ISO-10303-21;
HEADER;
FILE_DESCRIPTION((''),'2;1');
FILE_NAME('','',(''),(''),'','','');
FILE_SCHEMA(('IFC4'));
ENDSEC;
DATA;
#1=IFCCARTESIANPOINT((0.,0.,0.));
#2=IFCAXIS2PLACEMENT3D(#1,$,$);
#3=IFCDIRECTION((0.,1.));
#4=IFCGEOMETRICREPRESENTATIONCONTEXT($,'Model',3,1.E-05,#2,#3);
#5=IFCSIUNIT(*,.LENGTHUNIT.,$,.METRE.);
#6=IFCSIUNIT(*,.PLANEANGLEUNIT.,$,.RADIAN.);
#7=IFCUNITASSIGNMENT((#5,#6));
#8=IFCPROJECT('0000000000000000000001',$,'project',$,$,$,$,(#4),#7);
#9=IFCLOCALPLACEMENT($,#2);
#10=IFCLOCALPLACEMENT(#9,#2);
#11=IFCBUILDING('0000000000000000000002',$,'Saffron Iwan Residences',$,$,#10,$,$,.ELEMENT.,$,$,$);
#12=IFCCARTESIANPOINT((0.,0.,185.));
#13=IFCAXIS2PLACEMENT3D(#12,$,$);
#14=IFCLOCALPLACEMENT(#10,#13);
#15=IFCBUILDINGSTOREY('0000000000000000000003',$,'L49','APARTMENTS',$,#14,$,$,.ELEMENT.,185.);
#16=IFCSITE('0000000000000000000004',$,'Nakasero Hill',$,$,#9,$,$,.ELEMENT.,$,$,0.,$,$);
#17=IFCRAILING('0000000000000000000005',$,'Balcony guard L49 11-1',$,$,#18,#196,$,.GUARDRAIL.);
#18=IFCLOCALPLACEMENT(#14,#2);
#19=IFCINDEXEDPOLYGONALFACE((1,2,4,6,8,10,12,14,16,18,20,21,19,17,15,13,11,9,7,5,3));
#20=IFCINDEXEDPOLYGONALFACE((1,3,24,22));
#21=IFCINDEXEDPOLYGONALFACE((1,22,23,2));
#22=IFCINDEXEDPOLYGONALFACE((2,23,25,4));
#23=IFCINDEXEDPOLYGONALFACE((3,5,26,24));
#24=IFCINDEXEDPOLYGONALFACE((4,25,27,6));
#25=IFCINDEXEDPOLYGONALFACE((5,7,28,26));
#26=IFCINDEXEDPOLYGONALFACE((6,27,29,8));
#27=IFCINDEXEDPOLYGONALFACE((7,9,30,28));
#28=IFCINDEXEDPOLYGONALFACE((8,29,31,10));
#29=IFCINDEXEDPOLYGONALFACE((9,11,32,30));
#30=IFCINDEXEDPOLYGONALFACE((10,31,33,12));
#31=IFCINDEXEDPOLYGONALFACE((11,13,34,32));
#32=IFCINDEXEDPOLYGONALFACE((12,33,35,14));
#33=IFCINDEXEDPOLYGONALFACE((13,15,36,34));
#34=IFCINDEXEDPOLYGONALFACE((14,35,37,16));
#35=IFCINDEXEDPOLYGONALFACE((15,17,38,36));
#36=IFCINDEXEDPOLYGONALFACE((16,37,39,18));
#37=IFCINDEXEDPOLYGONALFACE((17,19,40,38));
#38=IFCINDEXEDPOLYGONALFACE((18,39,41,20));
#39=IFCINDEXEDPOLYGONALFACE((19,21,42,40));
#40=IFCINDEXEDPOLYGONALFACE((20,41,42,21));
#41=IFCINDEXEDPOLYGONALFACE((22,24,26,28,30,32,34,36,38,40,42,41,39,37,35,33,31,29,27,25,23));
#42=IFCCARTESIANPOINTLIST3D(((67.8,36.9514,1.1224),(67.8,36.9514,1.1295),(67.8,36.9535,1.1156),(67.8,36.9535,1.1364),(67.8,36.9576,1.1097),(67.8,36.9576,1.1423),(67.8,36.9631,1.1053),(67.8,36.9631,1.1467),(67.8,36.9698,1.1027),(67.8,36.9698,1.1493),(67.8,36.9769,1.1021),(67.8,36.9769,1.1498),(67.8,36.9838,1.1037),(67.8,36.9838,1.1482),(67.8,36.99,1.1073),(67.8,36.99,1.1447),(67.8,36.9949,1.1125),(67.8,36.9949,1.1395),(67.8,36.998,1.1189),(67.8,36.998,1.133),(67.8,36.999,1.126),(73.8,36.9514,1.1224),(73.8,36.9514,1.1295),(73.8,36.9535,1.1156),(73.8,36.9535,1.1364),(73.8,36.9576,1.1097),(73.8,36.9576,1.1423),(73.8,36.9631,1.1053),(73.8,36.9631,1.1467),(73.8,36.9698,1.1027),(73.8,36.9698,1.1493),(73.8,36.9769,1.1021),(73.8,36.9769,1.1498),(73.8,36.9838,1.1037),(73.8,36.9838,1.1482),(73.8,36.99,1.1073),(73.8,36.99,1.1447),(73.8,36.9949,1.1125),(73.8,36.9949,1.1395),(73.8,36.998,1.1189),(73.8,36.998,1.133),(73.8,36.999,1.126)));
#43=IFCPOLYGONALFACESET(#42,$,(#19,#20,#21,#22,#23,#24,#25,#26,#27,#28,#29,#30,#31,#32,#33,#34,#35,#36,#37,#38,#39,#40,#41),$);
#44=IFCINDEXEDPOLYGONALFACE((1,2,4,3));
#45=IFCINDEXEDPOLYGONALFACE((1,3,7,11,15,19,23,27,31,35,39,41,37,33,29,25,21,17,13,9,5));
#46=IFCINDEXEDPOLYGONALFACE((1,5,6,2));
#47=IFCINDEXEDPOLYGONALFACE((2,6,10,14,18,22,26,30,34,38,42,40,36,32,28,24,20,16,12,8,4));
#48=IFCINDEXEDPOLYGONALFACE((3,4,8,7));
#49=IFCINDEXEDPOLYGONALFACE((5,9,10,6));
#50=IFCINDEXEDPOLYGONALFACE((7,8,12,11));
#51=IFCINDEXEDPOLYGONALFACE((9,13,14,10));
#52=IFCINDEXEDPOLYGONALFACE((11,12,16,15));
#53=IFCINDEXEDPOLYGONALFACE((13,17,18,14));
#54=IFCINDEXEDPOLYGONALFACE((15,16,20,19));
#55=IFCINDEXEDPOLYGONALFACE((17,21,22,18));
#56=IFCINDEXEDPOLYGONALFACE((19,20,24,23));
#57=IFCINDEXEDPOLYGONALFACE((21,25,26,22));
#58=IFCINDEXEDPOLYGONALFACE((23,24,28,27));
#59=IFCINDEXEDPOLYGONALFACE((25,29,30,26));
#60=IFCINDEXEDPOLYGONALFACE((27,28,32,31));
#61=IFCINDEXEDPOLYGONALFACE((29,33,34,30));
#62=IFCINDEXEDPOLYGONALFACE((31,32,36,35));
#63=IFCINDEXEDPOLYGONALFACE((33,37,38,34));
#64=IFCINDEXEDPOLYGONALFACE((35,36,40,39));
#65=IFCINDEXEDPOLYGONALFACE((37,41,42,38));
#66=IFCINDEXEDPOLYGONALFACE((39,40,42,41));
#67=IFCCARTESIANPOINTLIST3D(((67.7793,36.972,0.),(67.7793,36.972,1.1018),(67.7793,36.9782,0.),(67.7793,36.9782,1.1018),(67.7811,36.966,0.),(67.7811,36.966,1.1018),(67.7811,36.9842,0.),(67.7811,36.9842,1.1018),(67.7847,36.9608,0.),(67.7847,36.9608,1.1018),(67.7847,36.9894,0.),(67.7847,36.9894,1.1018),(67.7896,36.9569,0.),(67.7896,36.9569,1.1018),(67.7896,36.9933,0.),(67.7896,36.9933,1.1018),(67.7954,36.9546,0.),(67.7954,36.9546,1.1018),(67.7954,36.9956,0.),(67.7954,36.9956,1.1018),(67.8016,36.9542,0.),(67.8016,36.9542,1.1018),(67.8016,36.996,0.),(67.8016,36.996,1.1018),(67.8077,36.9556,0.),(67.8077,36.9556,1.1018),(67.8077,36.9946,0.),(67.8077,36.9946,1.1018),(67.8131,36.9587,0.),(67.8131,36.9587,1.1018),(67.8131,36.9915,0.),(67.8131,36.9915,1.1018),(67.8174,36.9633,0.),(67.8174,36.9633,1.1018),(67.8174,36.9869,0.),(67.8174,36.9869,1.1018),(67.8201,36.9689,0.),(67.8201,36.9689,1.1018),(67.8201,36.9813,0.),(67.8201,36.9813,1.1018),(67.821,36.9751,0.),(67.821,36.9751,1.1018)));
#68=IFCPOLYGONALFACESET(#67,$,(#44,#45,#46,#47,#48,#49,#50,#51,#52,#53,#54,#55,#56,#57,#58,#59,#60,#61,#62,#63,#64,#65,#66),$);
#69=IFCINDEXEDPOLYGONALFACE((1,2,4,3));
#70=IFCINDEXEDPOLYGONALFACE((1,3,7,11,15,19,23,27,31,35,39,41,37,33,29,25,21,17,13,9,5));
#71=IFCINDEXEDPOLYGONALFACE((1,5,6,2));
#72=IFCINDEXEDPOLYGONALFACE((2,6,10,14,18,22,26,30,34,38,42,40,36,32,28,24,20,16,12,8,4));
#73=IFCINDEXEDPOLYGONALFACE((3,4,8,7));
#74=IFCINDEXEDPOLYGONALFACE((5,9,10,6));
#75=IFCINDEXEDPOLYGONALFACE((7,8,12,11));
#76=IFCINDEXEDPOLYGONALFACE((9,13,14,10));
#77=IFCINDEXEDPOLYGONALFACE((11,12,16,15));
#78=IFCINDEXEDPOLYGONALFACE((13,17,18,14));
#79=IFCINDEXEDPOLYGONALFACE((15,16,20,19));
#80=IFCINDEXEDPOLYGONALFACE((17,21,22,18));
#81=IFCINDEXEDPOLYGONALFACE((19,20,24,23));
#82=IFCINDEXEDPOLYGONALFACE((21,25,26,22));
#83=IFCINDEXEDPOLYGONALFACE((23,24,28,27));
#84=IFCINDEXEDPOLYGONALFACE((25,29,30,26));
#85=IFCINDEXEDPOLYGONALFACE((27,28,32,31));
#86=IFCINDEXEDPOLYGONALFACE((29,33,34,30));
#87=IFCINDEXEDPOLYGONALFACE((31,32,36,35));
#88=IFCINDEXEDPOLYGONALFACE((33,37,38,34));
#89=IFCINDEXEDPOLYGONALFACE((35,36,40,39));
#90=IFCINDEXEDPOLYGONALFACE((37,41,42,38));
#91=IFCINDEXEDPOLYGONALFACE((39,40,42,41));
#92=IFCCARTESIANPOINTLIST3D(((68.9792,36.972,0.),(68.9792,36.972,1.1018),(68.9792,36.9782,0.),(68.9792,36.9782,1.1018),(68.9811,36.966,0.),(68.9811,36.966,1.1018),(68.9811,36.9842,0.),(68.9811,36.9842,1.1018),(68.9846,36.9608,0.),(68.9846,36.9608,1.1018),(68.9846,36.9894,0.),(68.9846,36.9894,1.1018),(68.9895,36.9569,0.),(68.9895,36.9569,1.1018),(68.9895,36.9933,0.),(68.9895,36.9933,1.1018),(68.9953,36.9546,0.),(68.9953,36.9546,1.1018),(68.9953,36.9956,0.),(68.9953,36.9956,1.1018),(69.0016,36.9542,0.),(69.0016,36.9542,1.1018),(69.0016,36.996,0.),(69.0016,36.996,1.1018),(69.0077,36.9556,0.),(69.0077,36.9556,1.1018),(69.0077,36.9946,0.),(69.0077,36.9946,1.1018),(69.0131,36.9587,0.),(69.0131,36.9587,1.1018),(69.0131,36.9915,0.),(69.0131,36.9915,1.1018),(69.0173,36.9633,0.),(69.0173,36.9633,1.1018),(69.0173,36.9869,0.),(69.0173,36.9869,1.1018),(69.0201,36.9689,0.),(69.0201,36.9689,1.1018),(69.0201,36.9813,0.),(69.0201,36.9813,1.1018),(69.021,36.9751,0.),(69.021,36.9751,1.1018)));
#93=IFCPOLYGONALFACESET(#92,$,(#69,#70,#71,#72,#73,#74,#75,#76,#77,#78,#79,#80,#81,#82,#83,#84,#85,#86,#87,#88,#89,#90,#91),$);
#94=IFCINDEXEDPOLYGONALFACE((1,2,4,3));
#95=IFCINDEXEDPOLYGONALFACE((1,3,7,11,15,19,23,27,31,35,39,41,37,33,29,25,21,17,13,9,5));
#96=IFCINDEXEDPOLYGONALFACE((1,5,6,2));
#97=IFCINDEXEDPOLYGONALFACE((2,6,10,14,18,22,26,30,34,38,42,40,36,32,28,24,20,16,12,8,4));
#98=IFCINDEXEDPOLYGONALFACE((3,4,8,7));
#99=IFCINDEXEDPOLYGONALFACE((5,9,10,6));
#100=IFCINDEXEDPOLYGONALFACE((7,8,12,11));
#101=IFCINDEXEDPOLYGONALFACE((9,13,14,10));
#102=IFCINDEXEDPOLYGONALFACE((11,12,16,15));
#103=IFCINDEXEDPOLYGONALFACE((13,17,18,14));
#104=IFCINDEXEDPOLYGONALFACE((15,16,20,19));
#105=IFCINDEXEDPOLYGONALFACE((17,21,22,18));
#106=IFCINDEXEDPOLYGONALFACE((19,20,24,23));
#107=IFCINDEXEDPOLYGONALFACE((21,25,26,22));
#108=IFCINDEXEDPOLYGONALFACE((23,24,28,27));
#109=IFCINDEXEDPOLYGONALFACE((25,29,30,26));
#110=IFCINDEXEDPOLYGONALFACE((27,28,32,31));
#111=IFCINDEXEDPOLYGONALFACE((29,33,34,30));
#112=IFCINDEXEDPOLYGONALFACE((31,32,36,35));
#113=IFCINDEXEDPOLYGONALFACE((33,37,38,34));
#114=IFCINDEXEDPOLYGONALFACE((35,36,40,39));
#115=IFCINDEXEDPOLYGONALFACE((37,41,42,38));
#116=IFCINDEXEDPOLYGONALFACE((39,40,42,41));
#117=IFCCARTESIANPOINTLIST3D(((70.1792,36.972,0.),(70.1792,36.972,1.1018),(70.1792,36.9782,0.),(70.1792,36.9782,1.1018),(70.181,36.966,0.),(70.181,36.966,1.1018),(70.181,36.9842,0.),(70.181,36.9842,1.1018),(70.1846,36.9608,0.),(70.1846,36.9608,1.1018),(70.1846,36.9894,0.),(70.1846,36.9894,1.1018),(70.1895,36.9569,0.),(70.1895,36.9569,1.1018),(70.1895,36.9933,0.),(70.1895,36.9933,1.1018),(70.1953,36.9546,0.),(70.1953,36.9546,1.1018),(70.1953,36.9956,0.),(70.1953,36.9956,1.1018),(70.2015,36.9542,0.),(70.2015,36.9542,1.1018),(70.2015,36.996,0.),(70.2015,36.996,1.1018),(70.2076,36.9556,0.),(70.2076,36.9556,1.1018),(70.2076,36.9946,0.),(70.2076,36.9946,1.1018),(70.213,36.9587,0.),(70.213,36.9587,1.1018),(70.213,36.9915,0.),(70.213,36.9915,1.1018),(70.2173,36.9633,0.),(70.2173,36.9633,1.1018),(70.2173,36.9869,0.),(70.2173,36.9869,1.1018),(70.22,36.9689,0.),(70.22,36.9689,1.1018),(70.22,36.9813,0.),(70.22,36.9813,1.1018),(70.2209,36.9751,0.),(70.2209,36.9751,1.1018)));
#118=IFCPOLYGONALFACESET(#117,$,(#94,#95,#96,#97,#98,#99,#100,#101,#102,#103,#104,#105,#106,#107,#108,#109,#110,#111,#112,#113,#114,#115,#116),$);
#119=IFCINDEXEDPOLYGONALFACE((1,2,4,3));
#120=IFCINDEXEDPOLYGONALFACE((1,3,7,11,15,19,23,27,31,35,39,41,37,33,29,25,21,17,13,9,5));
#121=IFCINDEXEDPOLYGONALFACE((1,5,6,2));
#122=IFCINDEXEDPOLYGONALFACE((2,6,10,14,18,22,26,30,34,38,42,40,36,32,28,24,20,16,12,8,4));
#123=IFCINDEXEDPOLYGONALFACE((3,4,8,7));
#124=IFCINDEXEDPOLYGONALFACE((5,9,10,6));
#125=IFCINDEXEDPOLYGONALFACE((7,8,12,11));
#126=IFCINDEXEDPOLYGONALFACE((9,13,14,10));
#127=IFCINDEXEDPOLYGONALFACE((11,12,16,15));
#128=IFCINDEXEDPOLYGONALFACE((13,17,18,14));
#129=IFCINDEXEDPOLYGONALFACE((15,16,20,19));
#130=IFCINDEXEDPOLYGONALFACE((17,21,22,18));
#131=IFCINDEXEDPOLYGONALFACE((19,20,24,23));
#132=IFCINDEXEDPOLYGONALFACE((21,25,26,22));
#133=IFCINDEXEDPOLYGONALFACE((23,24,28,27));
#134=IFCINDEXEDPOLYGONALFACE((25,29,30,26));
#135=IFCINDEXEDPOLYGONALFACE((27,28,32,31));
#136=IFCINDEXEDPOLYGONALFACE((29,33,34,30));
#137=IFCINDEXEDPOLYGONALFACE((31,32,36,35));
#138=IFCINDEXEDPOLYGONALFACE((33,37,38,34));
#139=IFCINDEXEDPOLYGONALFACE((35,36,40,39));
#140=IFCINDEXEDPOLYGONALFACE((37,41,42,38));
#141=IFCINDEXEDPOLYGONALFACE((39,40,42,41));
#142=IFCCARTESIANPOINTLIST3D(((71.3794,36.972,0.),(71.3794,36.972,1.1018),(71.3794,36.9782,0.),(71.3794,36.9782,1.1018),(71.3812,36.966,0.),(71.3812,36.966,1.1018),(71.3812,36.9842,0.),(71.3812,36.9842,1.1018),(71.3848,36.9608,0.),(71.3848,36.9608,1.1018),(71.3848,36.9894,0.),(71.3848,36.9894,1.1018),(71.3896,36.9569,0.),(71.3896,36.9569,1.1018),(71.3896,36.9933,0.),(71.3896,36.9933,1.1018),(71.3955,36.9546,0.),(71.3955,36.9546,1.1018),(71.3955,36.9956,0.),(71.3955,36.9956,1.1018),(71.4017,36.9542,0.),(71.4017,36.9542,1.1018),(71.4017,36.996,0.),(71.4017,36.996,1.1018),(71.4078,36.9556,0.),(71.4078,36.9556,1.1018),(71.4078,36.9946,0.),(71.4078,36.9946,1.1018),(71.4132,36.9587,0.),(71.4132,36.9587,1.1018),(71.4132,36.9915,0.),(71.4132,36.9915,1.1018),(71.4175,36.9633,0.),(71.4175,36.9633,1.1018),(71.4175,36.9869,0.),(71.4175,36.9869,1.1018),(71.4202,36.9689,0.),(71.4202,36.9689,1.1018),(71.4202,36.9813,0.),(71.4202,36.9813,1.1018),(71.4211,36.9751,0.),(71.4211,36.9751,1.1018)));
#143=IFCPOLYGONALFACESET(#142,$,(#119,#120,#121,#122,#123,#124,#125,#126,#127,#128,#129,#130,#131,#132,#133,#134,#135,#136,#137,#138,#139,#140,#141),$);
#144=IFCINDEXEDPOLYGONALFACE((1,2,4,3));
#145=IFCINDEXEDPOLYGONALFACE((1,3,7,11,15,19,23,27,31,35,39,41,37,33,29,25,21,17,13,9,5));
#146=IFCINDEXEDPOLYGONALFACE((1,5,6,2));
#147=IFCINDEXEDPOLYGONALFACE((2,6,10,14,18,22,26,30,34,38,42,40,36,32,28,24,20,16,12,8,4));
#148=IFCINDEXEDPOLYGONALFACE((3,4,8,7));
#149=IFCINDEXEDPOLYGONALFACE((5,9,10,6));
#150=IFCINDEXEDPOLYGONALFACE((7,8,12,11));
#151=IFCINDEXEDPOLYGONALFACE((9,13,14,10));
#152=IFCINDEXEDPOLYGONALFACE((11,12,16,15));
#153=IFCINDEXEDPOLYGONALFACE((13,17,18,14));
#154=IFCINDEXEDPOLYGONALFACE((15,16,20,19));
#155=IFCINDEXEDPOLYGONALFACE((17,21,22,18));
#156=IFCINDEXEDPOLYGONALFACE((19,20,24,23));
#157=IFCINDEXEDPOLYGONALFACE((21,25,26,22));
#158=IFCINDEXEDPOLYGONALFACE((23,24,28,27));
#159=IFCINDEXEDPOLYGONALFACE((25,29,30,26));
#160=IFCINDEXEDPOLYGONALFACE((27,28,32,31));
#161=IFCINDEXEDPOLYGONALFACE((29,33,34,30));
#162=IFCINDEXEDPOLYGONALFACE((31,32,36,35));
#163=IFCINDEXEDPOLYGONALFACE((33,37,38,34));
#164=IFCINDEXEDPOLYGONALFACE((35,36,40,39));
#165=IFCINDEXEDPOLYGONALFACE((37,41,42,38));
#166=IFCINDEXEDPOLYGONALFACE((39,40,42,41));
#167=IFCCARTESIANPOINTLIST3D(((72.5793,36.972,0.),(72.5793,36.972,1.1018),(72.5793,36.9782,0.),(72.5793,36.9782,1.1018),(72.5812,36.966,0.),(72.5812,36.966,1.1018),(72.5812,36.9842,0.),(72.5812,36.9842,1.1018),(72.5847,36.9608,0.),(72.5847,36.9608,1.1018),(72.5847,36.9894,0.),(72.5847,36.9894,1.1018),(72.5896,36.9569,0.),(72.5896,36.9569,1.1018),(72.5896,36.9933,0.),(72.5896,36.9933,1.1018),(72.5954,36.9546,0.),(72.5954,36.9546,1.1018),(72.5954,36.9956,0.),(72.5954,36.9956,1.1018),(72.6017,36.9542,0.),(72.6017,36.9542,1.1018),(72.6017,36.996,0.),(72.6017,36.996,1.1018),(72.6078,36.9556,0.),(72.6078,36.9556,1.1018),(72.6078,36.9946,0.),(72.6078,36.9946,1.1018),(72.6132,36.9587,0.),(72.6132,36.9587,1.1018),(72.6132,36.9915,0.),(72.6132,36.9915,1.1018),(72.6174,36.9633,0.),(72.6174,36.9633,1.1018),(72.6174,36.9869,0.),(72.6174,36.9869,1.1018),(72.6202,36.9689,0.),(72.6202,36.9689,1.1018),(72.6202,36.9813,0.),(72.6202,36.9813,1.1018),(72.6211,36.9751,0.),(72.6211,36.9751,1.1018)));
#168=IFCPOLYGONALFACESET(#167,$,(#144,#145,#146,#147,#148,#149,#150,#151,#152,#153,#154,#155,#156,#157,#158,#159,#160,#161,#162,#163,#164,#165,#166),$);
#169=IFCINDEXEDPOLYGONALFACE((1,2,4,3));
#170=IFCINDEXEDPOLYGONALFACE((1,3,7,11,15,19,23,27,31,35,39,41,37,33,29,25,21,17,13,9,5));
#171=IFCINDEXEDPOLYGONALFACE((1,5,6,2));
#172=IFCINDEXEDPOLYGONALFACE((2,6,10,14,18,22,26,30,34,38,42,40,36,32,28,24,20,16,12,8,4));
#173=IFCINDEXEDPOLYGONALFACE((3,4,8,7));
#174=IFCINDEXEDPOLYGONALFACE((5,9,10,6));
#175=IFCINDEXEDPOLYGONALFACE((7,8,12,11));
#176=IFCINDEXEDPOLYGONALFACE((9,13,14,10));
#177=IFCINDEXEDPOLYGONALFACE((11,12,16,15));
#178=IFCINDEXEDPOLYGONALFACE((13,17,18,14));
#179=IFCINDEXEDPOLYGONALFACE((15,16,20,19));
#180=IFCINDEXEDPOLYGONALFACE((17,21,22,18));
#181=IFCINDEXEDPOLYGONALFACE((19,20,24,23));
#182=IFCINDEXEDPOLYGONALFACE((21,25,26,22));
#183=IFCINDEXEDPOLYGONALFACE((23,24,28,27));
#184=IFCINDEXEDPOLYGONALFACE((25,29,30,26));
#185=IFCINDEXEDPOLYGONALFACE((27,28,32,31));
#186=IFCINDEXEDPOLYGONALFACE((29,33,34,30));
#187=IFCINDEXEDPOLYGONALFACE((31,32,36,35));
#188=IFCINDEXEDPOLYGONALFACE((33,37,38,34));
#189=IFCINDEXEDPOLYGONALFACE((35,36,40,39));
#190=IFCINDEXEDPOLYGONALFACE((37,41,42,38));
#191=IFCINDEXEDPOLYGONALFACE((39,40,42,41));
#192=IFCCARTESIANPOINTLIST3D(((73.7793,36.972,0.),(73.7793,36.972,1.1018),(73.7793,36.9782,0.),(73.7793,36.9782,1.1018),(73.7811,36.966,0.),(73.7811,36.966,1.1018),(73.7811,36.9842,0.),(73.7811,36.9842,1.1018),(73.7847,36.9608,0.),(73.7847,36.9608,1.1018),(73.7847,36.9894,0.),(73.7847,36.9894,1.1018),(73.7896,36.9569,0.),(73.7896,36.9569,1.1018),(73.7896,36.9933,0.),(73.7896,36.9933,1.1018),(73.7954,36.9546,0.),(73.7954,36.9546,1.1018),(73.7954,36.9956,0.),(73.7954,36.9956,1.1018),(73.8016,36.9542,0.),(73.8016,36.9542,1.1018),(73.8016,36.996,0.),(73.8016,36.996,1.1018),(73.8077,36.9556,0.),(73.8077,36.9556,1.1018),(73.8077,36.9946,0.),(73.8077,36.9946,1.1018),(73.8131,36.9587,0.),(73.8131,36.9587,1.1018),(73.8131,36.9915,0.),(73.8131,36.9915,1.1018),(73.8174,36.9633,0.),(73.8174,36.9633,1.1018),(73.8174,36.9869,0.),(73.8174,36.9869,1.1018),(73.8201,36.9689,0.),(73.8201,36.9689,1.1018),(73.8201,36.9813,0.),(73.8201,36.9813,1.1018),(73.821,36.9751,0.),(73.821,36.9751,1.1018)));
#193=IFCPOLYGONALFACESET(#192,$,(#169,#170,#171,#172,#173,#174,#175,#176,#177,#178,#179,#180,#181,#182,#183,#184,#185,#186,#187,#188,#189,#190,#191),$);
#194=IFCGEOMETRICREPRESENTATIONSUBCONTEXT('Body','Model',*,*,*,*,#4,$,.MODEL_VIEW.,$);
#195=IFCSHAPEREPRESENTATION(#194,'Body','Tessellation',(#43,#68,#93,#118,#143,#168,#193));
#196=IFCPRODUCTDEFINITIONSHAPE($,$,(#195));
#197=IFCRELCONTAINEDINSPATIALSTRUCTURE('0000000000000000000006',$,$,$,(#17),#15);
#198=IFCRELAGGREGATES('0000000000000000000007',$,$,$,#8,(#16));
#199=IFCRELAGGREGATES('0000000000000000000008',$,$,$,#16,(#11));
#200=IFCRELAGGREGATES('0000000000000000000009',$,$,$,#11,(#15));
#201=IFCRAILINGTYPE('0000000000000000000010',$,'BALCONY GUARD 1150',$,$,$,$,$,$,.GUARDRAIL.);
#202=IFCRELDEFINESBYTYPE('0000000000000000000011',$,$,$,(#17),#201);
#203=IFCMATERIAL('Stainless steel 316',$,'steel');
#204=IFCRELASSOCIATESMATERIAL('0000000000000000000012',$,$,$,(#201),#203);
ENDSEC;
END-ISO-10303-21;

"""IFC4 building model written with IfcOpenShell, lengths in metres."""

from ifc_helpers import new_model, si_unit, direction, frame, origin, origin_2d, place, context, subcontext, project, spatial, circle, extrude, material, type_object, element, save


model = new_model("IFC4")

# Units and contexts
model_context = context("Model", 3, precision=1e-05, world=origin(), true_north=direction((0.0, 1.0)))
body_context = subcontext(model_context, "Body", "Model", "MODEL_VIEW")
ifc_project = project(units=[si_unit("LENGTHUNIT", "METRE"), si_unit("PLANEANGLEUNIT", "RADIAN")], contexts=[model_context])

# Site, building, storey
site_placement = place(None, origin())
site = spatial("IfcSite", under=ifc_project, at=site_placement, Name="Nakasero Hill", CompositionType="ELEMENT", RefElevation=0.0)
building_placement = place(site_placement, origin())
building = spatial("IfcBuilding", under=site, at=building_placement, Name="Saffron Iwan Residences", CompositionType="ELEMENT")
storey_placement = place(building_placement, frame((0.0, 0.0, 185.0)))
storey = spatial("IfcBuildingStorey", under=building, at=storey_placement, Name="L49", Description="APARTMENTS", CompositionType="ELEMENT", Elevation=185.0)

# Railing
ifc_material_1 = material(Name="Stainless steel 316", Category="steel")
railing_type = type_object("IfcRailingType", Name="BALCONY GUARD 1150", PredefinedType="GUARDRAIL", material=ifc_material_1)
railing_placement = place(storey_placement, frame((67.8, 36.9751, 0.0)))
element("IfcRailing", 1, at=railing_placement, inside=storey, type_object=railing_type, Name="Balcony guard L49 11-1", PredefinedType="GUARDRAIL", context=body_context, shape_type="SweptSolid", body=[
    extrude(circle(Radius=0.0239, at=origin_2d()), frame((0.0, 0.0, 1.126), z_axis=(1.0, 0.0, 0.0), x_axis=(0.0, 1.0, 0.0)), (0.0, 0.0, 1.0), 6.0),
    extrude(circle(Radius=0.021, at=origin_2d()), origin(), (0.0, 0.0, 1.0), 1.1018),
    extrude(circle(Radius=0.021, at=origin_2d()), frame((1.2, 0.0, 0.0)), (0.0, 0.0, 1.0), 1.1018),
    extrude(circle(Radius=0.021, at=origin_2d()), frame((2.3999, 0.0, 0.0)), (0.0, 0.0, 1.0), 1.1018),
    extrude(circle(Radius=0.021, at=origin_2d()), frame((3.6001, 0.0, 0.0)), (0.0, 0.0, 1.0), 1.1018),
    extrude(circle(Radius=0.021, at=origin_2d()), frame((4.8, 0.0, 0.0)), (0.0, 0.0, 1.0), 1.1018),
    extrude(circle(Radius=0.021, at=origin_2d()), frame((6.0, 0.0, 0.0)), (0.0, 0.0, 1.0), 1.1018),
])

save(model, "model.ifc")
